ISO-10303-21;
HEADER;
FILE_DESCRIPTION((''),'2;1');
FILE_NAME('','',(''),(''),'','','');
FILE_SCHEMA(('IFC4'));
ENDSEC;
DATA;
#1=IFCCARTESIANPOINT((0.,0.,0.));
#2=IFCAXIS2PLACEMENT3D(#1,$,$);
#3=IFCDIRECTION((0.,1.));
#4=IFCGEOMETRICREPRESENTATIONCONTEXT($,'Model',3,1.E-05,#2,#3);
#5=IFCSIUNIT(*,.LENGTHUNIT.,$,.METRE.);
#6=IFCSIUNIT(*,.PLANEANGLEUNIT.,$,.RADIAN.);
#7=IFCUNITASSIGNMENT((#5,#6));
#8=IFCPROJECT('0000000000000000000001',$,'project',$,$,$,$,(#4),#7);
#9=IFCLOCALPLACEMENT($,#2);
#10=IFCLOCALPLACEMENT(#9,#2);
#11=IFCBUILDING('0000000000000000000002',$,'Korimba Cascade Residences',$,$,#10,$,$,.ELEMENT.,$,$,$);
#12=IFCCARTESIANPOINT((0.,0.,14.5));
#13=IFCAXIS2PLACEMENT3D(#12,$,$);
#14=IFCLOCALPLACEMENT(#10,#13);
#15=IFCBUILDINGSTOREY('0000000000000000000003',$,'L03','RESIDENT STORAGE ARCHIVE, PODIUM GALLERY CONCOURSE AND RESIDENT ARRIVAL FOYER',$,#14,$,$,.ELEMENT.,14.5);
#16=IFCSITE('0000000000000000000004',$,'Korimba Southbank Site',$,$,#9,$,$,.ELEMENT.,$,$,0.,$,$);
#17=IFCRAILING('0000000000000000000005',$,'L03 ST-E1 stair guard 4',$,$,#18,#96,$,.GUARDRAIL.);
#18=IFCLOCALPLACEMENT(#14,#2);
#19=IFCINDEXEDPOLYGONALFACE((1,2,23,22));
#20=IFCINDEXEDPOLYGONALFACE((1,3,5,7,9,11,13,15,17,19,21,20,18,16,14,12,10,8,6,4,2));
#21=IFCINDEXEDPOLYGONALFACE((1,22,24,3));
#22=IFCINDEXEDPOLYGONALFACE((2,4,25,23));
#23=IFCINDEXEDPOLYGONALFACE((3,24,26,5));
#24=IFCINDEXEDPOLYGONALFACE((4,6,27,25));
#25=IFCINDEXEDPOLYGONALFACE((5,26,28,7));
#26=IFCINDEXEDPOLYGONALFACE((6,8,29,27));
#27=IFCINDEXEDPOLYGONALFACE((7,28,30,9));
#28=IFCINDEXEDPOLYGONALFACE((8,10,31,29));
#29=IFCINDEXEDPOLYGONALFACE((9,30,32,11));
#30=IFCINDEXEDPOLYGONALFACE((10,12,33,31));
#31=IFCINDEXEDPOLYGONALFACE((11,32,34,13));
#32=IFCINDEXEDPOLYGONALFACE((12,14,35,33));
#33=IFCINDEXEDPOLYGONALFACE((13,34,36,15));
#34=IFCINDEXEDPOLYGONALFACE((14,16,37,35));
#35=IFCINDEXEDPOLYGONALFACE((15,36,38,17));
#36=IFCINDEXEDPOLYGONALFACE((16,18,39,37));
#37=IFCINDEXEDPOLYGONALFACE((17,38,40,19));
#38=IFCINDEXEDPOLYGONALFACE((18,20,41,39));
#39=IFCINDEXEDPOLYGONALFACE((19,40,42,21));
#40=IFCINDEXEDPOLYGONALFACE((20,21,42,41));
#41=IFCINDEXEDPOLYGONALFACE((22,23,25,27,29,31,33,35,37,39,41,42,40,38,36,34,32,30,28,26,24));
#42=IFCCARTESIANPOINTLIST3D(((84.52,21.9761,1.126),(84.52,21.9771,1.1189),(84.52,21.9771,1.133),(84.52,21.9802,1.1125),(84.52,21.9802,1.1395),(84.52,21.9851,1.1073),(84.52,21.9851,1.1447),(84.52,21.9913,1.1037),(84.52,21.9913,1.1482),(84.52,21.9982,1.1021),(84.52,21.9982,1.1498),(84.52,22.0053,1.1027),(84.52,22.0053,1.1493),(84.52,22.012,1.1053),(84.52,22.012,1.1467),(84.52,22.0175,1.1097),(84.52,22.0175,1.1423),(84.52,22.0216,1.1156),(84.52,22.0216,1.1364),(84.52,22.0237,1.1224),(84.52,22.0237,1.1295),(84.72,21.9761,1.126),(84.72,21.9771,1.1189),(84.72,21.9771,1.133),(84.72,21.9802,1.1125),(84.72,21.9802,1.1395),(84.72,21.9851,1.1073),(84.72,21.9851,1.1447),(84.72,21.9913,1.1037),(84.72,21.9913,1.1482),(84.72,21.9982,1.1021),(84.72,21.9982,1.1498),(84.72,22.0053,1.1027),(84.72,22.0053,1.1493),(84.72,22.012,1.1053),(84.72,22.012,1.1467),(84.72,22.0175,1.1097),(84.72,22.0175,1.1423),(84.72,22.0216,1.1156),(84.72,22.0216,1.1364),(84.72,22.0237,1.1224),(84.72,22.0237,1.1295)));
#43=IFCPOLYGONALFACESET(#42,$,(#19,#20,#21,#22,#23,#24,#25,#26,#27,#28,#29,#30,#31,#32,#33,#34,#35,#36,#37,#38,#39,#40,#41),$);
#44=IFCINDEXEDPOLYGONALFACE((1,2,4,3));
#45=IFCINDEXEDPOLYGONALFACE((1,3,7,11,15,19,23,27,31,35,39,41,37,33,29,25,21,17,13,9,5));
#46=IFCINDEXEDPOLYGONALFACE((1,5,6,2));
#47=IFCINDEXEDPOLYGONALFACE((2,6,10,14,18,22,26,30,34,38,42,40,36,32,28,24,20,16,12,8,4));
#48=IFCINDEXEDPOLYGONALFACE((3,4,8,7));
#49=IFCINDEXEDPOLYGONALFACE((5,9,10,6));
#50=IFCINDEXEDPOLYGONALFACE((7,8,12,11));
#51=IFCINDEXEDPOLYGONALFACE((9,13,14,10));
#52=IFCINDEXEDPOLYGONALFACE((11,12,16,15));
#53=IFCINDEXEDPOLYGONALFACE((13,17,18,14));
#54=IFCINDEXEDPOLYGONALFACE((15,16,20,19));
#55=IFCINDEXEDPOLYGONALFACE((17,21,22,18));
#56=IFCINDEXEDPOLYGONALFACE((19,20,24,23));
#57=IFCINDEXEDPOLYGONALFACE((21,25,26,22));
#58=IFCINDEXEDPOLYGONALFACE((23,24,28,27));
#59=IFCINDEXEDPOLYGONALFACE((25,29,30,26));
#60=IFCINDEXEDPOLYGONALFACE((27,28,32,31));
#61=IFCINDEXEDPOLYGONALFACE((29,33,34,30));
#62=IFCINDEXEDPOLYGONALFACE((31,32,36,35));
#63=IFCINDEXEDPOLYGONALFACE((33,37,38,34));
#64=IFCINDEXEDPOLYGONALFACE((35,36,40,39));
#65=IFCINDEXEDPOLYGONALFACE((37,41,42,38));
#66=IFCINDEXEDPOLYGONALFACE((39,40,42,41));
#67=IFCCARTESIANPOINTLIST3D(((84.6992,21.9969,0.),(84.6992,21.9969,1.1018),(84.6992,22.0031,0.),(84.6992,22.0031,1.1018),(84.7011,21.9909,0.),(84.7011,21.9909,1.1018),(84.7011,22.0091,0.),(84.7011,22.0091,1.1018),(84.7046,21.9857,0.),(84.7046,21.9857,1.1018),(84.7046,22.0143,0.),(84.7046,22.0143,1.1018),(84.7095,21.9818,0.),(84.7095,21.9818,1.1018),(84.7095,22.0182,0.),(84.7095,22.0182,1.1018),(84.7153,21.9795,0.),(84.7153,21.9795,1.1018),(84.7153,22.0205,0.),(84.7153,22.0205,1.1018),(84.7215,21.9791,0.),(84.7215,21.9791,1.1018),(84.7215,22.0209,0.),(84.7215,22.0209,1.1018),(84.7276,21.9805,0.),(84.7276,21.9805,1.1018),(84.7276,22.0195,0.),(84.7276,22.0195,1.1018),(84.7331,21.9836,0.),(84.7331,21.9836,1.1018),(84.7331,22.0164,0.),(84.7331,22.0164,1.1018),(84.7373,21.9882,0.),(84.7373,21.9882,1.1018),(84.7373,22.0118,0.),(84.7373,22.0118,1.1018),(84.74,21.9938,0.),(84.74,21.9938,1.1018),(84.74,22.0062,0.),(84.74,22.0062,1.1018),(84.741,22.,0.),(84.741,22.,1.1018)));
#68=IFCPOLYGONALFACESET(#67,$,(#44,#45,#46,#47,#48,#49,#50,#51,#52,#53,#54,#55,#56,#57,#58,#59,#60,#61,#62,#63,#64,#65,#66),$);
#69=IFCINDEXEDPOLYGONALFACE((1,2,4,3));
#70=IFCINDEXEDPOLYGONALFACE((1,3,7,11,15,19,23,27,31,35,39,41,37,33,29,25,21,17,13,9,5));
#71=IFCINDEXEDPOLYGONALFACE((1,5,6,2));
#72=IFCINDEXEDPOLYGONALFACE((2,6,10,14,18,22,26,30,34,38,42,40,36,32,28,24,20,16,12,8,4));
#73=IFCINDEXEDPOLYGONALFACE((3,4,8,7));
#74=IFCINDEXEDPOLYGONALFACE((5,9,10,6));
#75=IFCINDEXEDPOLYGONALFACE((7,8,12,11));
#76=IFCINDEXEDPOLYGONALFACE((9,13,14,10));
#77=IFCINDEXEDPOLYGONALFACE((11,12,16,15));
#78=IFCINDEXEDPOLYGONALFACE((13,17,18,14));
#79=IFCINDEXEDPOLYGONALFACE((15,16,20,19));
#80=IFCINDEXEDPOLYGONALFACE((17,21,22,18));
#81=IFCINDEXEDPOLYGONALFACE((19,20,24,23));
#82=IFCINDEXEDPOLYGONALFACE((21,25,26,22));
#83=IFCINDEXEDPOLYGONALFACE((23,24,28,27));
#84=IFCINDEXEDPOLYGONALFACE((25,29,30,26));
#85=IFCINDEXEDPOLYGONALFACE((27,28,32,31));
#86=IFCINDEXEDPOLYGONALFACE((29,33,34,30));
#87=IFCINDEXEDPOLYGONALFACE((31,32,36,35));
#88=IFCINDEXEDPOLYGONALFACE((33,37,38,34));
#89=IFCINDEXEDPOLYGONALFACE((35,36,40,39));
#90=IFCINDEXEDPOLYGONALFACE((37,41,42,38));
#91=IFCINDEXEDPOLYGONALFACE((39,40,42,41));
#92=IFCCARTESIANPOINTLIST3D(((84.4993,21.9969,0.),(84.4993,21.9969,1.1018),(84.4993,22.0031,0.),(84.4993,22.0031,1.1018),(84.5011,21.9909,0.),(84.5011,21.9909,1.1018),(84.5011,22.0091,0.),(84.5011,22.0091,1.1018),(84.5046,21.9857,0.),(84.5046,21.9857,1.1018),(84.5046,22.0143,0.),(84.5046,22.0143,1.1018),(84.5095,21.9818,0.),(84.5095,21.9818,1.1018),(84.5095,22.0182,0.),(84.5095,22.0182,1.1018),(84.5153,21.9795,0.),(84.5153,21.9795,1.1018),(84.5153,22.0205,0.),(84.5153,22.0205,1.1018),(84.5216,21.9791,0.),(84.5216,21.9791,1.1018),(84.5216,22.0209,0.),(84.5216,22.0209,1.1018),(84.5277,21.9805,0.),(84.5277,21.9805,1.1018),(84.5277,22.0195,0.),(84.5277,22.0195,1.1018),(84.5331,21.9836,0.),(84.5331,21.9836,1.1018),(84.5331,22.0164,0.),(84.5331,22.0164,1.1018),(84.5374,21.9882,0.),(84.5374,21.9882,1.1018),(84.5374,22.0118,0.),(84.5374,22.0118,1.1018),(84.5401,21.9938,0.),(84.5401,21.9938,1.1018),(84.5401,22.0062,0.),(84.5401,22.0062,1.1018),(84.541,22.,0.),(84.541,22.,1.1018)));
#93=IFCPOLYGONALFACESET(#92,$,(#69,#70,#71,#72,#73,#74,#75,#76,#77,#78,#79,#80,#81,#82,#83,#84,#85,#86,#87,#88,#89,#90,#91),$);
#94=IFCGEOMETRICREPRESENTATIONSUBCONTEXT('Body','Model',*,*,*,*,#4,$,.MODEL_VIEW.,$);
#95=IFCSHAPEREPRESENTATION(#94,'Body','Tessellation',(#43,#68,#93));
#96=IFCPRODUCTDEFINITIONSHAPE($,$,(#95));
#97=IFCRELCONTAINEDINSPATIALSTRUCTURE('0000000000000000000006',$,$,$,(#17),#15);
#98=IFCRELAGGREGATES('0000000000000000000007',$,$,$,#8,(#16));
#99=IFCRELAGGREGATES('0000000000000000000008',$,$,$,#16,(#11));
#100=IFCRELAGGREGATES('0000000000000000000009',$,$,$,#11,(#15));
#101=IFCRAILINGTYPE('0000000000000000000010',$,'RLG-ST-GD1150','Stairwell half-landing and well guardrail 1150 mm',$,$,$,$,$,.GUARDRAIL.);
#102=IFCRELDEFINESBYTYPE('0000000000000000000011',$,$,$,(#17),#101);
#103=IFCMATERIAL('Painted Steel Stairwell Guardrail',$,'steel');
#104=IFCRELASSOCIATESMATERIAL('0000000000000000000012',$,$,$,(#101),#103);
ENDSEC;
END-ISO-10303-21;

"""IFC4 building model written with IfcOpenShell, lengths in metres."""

from ifc_helpers import new_model, si_unit, direction, frame, origin, origin_2d, place, context, subcontext, project, spatial, circle, extrude, material, type_object, element, save


model = new_model("IFC4")

# Units and contexts
model_context = context("Model", 3, precision=1e-05, world=origin(), true_north=direction((0.0, 1.0)))
body_context = subcontext(model_context, "Body", "Model", "MODEL_VIEW")
ifc_project = project(units=[si_unit("LENGTHUNIT", "METRE"), si_unit("PLANEANGLEUNIT", "RADIAN")], contexts=[model_context])

# Site, building, storey
site_placement = place(None, origin())
site = spatial("IfcSite", under=ifc_project, at=site_placement, Name="Korimba Southbank Site", CompositionType="ELEMENT", RefElevation=0.0)
building_placement = place(site_placement, origin())
building = spatial("IfcBuilding", under=site, at=building_placement, Name="Korimba Cascade Residences", CompositionType="ELEMENT")
storey_placement = place(building_placement, frame((0.0, 0.0, 14.5)))
storey = spatial("IfcBuildingStorey", under=building, at=storey_placement, Name="L03", Description="RESIDENT STORAGE ARCHIVE, PODIUM GALLERY CONCOURSE AND RESIDENT ARRIVAL FOYER", CompositionType="ELEMENT", Elevation=14.5)

# Railing
ifc_material_1 = material(Name="Painted Steel Stairwell Guardrail", Category="steel")
railing_type_1 = type_object("IfcRailingType", Name="RLG-ST-GD1150", Description="Stairwell half-landing and well guardrail 1150 mm", PredefinedType="GUARDRAIL", material=ifc_material_1)
railing_1_placement = place(storey_placement, frame((84.72, 22.0, 0.0)))
element("IfcRailing", 1, at=railing_1_placement, inside=storey, type_object=railing_type_1, Name="L03 ST-E1 stair guard 4", PredefinedType="GUARDRAIL", context=body_context, shape_type="SweptSolid", body=[
    extrude(circle(Radius=0.0239, at=origin_2d()), frame((0.0, 0.0, 1.126), z_axis=(-1.0, 0.0, 0.0), x_axis=(0.0, -1.0, 0.0)), (0.0, 0.0, 1.0), 0.2),
    extrude(circle(Radius=0.021, at=origin_2d()), origin(), (0.0, 0.0, 1.0), 1.1018),
    extrude(circle(Radius=0.021, at=origin_2d()), frame((-0.2, 0.0, 0.0)), (0.0, 0.0, 1.0), 1.1018),
])

save(model, "model.ifc")
